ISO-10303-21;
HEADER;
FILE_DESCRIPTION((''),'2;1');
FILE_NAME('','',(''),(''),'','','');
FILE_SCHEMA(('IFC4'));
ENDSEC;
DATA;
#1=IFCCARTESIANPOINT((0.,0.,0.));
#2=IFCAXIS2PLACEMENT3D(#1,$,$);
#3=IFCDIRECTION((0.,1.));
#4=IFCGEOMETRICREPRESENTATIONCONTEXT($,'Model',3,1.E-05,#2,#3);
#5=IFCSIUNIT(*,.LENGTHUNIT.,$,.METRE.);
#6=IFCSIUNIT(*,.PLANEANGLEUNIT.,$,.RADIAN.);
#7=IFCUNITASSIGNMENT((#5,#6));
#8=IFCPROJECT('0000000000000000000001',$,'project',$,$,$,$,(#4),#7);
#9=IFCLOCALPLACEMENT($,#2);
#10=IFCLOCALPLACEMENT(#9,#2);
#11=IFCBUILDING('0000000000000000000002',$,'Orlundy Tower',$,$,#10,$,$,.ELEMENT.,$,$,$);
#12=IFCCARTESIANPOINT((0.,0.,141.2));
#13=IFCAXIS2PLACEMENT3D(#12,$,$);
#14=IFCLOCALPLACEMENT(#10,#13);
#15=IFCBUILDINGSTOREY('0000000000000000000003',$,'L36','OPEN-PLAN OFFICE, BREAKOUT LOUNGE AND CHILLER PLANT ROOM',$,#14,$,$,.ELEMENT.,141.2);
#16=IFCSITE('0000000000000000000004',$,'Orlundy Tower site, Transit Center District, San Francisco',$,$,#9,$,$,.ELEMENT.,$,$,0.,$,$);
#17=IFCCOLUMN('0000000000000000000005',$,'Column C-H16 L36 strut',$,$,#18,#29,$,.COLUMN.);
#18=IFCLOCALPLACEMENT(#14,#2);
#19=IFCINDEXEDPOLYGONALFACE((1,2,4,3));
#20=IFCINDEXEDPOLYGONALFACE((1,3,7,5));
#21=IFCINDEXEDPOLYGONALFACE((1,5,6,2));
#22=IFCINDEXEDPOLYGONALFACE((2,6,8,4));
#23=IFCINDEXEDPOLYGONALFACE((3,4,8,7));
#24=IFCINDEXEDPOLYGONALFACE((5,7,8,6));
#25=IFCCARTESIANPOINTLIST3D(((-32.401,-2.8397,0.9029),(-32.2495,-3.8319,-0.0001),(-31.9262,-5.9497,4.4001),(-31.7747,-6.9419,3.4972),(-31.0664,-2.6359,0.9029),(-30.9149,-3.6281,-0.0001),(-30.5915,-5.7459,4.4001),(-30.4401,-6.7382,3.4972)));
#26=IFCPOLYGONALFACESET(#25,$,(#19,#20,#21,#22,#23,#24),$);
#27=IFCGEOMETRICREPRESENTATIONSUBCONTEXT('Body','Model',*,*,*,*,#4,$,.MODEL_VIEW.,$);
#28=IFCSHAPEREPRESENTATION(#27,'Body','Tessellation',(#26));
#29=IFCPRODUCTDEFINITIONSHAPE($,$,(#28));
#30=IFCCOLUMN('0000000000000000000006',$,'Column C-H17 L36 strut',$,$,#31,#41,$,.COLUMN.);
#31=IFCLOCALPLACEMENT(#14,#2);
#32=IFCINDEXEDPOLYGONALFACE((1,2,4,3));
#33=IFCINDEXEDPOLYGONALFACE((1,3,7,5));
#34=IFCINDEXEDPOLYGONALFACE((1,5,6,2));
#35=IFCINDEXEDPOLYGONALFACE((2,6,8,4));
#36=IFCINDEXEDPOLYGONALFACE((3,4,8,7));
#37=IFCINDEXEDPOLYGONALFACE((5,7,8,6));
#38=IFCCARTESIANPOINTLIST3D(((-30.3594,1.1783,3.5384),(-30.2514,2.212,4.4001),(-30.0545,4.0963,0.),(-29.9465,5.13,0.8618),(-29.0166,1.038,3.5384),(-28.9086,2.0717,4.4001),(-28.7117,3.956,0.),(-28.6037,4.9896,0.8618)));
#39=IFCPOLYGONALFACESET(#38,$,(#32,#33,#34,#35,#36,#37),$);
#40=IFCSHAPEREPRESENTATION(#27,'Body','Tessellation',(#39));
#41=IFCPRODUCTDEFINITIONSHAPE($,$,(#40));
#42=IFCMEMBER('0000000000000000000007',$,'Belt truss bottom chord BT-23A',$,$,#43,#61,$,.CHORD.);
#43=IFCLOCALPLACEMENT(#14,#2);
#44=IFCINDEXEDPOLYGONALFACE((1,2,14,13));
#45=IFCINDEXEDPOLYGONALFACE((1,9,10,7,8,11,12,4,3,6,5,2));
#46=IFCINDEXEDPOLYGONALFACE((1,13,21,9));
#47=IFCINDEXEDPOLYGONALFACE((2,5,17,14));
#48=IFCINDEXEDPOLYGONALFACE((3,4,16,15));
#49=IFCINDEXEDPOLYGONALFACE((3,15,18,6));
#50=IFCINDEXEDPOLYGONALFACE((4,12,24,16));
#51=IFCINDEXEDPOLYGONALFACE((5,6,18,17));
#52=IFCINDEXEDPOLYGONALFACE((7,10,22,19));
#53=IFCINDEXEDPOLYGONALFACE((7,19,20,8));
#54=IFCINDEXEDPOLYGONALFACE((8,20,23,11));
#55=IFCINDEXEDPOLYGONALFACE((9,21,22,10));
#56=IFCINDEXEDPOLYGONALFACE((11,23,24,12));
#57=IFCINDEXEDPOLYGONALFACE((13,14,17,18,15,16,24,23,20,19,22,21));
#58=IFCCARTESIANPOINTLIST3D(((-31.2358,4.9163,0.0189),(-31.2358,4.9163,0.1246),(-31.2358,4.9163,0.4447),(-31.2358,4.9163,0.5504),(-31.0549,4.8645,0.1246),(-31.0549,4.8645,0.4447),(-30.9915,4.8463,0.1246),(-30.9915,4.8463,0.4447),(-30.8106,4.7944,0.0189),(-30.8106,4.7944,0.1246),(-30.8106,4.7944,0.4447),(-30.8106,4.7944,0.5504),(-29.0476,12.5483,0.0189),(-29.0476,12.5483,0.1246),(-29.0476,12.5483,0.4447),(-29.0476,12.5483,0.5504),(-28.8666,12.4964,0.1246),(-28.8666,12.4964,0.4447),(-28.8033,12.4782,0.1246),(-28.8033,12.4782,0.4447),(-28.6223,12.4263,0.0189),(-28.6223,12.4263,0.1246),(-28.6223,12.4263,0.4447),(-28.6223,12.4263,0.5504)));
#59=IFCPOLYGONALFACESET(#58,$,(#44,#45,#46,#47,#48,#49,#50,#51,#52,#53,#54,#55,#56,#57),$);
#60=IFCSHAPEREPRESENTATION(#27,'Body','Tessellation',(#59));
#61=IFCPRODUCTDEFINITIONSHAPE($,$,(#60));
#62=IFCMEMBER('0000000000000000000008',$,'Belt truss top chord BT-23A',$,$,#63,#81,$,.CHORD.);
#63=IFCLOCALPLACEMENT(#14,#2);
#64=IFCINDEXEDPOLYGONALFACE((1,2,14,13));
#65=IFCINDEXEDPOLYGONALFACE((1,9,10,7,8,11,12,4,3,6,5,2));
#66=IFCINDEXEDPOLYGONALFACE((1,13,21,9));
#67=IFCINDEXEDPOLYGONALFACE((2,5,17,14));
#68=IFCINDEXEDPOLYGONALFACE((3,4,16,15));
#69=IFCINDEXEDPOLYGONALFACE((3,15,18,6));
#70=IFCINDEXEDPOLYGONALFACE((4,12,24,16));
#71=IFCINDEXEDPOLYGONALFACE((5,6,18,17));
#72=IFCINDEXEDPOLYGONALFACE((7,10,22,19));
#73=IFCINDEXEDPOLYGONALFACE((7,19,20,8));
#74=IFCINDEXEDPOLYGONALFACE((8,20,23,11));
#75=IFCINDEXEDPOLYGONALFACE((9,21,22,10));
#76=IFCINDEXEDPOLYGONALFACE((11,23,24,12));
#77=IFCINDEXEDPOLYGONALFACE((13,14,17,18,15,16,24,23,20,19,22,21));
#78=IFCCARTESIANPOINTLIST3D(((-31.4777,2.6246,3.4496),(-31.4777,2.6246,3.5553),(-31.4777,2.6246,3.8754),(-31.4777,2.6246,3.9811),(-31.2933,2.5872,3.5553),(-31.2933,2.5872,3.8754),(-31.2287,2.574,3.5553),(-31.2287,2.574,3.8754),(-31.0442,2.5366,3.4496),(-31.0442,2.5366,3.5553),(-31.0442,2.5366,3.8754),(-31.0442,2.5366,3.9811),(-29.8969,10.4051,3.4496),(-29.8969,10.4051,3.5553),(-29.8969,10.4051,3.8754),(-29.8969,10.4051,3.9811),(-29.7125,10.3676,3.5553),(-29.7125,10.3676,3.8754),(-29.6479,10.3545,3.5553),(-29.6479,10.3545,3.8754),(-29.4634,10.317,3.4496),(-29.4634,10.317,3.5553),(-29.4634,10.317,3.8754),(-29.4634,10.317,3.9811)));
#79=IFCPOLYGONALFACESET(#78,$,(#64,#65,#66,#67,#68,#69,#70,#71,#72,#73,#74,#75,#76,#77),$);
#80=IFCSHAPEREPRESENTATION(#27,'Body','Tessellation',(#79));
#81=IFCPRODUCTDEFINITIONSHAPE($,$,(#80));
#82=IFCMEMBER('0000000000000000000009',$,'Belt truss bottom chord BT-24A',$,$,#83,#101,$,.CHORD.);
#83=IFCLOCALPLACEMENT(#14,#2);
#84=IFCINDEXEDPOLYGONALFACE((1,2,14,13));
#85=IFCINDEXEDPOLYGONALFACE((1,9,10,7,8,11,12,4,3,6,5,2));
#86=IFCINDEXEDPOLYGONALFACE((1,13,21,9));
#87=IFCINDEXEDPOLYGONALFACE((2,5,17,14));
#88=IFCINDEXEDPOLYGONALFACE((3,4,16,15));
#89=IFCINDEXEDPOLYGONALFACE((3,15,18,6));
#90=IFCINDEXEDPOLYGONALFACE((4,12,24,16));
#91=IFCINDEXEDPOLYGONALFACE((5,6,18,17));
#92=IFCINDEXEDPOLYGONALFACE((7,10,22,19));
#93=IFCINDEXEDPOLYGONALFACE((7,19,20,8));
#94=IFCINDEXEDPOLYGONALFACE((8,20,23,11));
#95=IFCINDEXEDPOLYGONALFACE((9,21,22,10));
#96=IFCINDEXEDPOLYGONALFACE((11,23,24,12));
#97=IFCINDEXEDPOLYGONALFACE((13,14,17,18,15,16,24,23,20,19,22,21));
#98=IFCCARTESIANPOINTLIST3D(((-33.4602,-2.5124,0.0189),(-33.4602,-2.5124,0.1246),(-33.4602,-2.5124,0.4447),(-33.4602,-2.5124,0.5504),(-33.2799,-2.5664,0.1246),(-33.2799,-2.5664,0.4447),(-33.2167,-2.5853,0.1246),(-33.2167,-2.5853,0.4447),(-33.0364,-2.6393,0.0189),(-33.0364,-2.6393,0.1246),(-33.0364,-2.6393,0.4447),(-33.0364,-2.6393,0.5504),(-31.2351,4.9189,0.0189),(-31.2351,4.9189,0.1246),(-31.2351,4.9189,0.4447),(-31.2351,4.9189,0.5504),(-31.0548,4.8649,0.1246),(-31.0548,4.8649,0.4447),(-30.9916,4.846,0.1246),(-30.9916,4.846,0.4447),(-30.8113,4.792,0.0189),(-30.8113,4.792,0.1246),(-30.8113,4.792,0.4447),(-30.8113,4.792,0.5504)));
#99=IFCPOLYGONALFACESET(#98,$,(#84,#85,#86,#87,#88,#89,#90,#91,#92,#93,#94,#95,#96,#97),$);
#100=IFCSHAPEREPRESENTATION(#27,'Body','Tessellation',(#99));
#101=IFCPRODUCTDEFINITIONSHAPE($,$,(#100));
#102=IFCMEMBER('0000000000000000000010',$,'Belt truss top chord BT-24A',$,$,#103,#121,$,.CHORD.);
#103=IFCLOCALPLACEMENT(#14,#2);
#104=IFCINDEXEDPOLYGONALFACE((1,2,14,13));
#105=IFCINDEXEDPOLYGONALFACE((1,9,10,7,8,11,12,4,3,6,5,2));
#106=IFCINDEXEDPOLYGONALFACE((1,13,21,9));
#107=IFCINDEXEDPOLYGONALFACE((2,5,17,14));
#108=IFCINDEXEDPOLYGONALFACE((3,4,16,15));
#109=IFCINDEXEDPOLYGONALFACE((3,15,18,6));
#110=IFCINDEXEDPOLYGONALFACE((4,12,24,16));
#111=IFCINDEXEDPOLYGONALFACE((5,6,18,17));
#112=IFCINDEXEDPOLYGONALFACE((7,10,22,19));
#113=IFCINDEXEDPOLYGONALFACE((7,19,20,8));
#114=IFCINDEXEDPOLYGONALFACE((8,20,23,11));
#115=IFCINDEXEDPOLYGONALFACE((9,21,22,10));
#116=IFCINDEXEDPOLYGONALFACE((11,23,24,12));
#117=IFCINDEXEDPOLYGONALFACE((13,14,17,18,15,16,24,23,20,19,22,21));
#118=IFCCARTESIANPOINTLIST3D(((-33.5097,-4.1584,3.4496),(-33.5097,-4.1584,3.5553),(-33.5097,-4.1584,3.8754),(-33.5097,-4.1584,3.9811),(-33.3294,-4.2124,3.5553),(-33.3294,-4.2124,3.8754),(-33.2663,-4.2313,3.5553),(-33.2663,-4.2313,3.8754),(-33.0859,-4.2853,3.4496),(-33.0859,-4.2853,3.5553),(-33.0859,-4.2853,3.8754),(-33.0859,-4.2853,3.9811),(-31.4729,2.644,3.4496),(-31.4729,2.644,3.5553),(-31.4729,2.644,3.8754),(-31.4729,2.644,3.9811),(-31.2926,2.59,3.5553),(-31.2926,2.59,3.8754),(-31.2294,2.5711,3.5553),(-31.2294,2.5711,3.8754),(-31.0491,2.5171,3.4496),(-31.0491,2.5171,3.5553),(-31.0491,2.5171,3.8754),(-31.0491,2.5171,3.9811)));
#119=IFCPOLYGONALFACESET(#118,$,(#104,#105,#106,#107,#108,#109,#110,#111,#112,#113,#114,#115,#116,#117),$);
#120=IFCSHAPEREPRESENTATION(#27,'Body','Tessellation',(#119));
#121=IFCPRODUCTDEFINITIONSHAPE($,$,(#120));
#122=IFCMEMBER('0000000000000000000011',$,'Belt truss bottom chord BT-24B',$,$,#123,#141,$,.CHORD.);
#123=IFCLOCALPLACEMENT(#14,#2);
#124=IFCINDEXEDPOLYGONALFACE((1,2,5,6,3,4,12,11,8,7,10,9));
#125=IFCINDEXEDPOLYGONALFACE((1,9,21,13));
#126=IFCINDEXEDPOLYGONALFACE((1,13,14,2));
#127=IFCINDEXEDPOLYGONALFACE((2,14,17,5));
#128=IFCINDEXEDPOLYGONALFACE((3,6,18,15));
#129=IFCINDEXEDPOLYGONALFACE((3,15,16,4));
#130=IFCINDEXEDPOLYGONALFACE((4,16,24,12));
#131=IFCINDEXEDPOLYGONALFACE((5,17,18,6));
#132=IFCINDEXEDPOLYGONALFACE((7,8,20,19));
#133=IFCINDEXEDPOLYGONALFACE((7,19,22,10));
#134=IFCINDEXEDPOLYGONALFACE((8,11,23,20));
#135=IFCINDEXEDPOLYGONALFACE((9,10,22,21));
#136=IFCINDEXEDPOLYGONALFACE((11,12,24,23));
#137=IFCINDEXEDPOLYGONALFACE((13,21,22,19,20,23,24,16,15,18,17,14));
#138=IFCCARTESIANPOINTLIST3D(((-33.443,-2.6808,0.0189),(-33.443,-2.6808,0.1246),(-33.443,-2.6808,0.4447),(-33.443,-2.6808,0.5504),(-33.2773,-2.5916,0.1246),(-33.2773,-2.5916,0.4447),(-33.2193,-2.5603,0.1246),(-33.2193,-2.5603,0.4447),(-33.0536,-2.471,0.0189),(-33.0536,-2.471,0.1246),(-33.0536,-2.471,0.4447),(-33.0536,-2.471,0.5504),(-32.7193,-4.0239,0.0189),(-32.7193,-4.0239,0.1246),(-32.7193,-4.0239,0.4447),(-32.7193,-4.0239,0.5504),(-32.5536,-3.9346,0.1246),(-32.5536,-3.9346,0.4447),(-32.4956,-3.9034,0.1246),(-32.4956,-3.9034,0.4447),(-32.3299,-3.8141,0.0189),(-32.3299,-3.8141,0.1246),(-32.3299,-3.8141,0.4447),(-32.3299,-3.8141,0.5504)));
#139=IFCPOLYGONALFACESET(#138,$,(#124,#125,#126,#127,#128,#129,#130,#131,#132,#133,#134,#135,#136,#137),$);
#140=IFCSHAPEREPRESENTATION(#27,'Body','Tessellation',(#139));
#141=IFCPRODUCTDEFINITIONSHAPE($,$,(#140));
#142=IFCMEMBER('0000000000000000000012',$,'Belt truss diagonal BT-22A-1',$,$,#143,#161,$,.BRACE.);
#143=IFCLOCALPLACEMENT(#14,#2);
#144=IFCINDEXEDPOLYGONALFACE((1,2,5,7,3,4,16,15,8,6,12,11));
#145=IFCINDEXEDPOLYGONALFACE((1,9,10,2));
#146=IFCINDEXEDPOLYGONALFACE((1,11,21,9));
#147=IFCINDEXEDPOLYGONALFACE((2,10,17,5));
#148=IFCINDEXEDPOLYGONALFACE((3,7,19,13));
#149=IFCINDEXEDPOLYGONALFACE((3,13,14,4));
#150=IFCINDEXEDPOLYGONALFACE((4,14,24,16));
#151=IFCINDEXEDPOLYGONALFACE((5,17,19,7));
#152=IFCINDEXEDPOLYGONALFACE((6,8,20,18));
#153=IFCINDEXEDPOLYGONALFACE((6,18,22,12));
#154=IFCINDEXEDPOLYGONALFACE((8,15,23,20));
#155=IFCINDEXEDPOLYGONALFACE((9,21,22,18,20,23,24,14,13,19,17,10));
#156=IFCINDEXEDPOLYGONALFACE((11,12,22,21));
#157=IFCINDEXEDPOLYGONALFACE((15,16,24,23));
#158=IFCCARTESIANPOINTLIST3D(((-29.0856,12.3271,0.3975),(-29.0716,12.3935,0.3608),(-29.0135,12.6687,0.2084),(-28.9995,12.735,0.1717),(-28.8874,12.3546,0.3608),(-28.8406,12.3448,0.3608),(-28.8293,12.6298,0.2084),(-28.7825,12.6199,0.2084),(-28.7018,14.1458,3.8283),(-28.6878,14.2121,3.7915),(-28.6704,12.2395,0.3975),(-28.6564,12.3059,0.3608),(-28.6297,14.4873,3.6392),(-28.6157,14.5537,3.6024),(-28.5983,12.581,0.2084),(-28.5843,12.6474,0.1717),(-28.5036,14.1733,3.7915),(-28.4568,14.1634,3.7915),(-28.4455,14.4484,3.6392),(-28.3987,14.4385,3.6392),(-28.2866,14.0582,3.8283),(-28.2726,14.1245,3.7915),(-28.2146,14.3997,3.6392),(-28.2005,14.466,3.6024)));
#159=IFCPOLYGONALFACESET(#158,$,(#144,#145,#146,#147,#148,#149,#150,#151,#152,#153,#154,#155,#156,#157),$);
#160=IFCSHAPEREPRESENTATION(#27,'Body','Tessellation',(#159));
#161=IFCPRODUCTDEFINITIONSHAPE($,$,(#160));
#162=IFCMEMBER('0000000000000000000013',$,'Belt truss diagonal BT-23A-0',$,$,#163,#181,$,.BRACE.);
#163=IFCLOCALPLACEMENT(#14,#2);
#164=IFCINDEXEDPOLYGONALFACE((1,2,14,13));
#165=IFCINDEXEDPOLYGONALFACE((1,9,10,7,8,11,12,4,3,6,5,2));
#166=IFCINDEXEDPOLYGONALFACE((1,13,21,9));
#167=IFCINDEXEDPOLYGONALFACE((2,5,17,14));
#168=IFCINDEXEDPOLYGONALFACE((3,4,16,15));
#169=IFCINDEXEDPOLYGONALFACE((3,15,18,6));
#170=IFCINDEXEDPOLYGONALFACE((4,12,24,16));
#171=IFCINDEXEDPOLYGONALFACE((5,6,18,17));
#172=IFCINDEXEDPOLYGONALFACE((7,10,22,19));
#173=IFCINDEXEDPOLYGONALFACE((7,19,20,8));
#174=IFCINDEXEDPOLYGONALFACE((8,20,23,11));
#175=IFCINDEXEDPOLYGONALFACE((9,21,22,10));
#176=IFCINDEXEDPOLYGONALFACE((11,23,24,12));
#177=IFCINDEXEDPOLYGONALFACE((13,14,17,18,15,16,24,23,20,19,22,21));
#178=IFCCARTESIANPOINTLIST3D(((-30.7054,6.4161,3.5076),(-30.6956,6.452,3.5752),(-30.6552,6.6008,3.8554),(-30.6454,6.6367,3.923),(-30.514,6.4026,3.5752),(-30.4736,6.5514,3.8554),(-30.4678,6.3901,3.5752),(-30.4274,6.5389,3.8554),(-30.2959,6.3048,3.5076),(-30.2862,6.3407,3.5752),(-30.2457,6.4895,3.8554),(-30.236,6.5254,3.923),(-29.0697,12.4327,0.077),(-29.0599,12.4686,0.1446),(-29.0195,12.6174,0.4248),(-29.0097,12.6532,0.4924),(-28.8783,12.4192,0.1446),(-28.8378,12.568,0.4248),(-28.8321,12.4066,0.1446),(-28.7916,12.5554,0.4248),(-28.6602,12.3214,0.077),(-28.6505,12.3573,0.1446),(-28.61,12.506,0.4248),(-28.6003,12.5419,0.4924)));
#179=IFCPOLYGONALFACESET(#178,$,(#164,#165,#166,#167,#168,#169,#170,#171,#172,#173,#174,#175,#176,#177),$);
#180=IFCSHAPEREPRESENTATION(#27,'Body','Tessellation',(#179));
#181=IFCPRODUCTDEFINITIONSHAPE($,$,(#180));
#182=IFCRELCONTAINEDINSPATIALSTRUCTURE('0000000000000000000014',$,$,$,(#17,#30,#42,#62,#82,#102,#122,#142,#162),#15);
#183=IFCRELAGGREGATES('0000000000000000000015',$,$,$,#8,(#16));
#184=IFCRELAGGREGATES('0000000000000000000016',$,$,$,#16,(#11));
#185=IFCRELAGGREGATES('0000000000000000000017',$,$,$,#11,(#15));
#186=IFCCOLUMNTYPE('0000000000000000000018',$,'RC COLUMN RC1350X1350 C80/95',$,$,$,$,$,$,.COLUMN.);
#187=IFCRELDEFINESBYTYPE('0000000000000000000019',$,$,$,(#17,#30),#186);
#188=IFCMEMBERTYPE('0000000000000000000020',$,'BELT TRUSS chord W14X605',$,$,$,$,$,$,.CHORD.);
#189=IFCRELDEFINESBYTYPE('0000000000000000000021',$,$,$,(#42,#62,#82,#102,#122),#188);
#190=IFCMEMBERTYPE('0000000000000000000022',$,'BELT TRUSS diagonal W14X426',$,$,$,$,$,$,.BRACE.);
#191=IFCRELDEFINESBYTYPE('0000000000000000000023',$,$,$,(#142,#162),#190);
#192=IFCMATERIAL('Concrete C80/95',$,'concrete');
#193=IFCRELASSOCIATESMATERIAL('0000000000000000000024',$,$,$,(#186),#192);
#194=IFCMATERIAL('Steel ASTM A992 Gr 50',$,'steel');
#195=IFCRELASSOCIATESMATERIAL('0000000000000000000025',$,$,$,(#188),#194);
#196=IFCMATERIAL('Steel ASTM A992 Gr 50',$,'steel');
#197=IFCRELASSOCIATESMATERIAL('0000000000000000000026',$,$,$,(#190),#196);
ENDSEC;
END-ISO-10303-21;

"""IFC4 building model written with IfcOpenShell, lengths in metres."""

from ifc_helpers import new_model, si_unit, direction, frame, origin, origin_2d, place, context, subcontext, project, spatial, rectangle, i_section, extrude, material, material_profile, profile_set, type_object, element, save


model = new_model("IFC4")

# Units and contexts
model_context = context("Model", 3, precision=1e-05, world=origin(), true_north=direction((0.0, 1.0)))
body_context = subcontext(model_context, "Body", "Model", "MODEL_VIEW")
ifc_project = project(units=[si_unit("LENGTHUNIT", "METRE"), si_unit("PLANEANGLEUNIT", "RADIAN")], contexts=[model_context])

# Site, building, storey
site_placement = place(None, origin())
site = spatial("IfcSite", under=ifc_project, at=site_placement, Name="Orlundy Tower site, Transit Center District, San Francisco", CompositionType="ELEMENT", RefElevation=0.0)
building_placement = place(site_placement, origin())
building = spatial("IfcBuilding", under=site, at=building_placement, Name="Orlundy Tower", CompositionType="ELEMENT")
storey_placement = place(building_placement, frame((0.0, 0.0, 141.2)))
storey = spatial("IfcBuildingStorey", under=building, at=storey_placement, Name="L36", Description="OPEN-PLAN OFFICE, BREAKOUT LOUNGE AND CHILLER PLANT ROOM", CompositionType="ELEMENT", Elevation=141.2)

# Columns
ifc_material_1 = material(Name="Concrete C80/95", Category="concrete")
ifc_material_profile_1 = material_profile(ifc_material_1, rectangle(XDim=1.3501, YDim=1.3501, at=origin_2d()), Name="RC1350X1350")
ifc_profile_set_1 = profile_set([ifc_material_profile_1], Name="Concrete C80/95")
column_type = type_object("IfcColumnType", Name="RC COLUMN RC1350X1350 C80/95", PredefinedType="COLUMN", material=ifc_profile_set_1)
column_1_placement = place(storey_placement, frame((-31.658, -3.2339, 0.4514), z_axis=(0.100943, -0.661135, 0.743446), x_axis=(0.988544, 0.150932, 0.0)))
element("IfcColumn", 1, at=column_1_placement, inside=storey, type_object=column_type, Name="Column C-H16 L36 strut", PredefinedType="COLUMN", context=body_context, shape_type="SweptSolid", body=[
    extrude(rectangle(XDim=1.3501, YDim=1.3501, at=origin_2d()), origin(), (0.0, 0.0, 1.0), 4.7041),
])
column_2_placement = place(storey_placement, frame((-29.3291, 4.543, 0.4309), z_axis=(-0.066341, -0.634832, 0.769797), x_axis=(0.994584, -0.103935, 0.0)))
element("IfcColumn", 2, at=column_2_placement, inside=storey, type_object=column_type, Name="Column C-H17 L36 strut", PredefinedType="COLUMN", context=body_context, shape_type="SweptSolid", body=[
    extrude(rectangle(XDim=1.3501, YDim=1.3501, at=origin_2d()), origin(), (0.0, 0.0, 1.0), 4.5964),
])

# Members
ifc_material_2 = material(Name="Steel ASTM A992 Gr 50", Category="steel")
ifc_material_profile_2 = material_profile(ifc_material_2, i_section(OverallWidth=0.4424, OverallDepth=0.5315, WebThickness=0.0659, FlangeThickness=0.1057, at=origin_2d()), Name="W14X605")
ifc_profile_set_2 = profile_set([ifc_material_profile_2], Name="Steel ASTM A992 Gr 50")
member_type_1 = type_object("IfcMemberType", Name="BELT TRUSS chord W14X605", PredefinedType="CHORD", material=ifc_profile_set_2)
for number, where, z_axis, x_axis, name in (
    (3, (-28.835, 12.4873, 0.2847), (-0.275619, -0.961267, 0.0), (0.961267, -0.275619, 0.0), "Belt truss bottom chord BT-23A"),
    (4, (-29.6802, 10.3611, 3.7153), (-0.199107, -0.979978, 0.0), (0.979978, -0.199107, 0.0), "Belt truss top chord BT-23A"),
):
    element("IfcMember", number, at=place(storey_placement, frame(where, z_axis=z_axis, x_axis=x_axis)), inside=storey, type_object=member_type_1, Name=name, PredefinedType="CHORD", context=body_context, shape_type="SweptSolid", body=[
        extrude(i_section(OverallWidth=0.4424, OverallDepth=0.5315, WebThickness=0.0659, FlangeThickness=0.1057, at=origin_2d()), origin(), (0.0, 0.0, 1.0), 7.9395),
    ])
member_1_placement = place(storey_placement, frame((-31.0232, 4.8555, 0.2847), z_axis=(-0.286837, -0.957979, 0.0), x_axis=(0.957979, -0.286837, 0.0)))
element("IfcMember", 5, at=member_1_placement, inside=storey, type_object=member_type_1, Name="Belt truss bottom chord BT-24A", PredefinedType="CHORD", context=body_context, shape_type="SweptSolid", body=[
    extrude(i_section(OverallWidth=0.4424, OverallDepth=0.5315, WebThickness=0.0659, FlangeThickness=0.1057, at=origin_2d()), origin(), (0.0, 0.0, 1.0), 7.7573),
])
member_2_placement = place(storey_placement, frame((-31.261, 2.5806, 3.7153), z_axis=(-0.286846, -0.957977, 0.0), x_axis=(0.957977, -0.286846, 0.0)))
element("IfcMember", 6, at=member_2_placement, inside=storey, type_object=member_type_1, Name="Belt truss top chord BT-24A", PredefinedType="CHORD", context=body_context, shape_type="SweptSolid", body=[
    extrude(i_section(OverallWidth=0.4424, OverallDepth=0.5315, WebThickness=0.0659, FlangeThickness=0.1057, at=origin_2d()), origin(), (0.0, 0.0, 1.0), 7.1008),
])
member_3_placement = place(storey_placement, frame((-33.2483, -2.5759, 0.2847), z_axis=(0.474338, -0.880343, 0.0), x_axis=(0.880343, 0.474338, 0.0)))
element("IfcMember", 7, at=member_3_placement, inside=storey, type_object=member_type_1, Name="Belt truss bottom chord BT-24B", PredefinedType="CHORD", context=body_context, shape_type="SweptSolid", body=[
    extrude(i_section(OverallWidth=0.4424, OverallDepth=0.5315, WebThickness=0.0659, FlangeThickness=0.1057, at=origin_2d()), origin(), (0.0, 0.0, 1.0), 1.5256),
])
ifc_material_3 = material(Name="Steel ASTM A992 Gr 50", Category="steel")
ifc_material_profile_3 = material_profile(ifc_material_3, i_section(OverallWidth=0.4243, OverallDepth=0.4741, WebThickness=0.0479, FlangeThickness=0.0771, at=origin_2d()), Name="W14X426")
ifc_profile_set_3 = profile_set([ifc_material_profile_3], Name="Steel ASTM A992 Gr 50")
member_type_2 = type_object("IfcMemberType", Name="BELT TRUSS diagonal W14X426", PredefinedType="BRACE", material=ifc_profile_set_3)
member_4_placement = place(storey_placement, frame((-28.4512, 14.3059, 3.7153), z_axis=(-0.098362, -0.466093, -0.879251), x_axis=(0.978449, -0.206487, 0.0)))
element("IfcMember", 8, at=member_4_placement, inside=storey, type_object=member_type_2, Name="Belt truss diagonal BT-22A-1", PredefinedType="BRACE", context=body_context, shape_type="SweptSolid", body=[
    extrude(i_section(OverallWidth=0.4243, OverallDepth=0.4741, WebThickness=0.0479, FlangeThickness=0.0771, at=origin_2d()), origin(), (0.0, 0.0, 1.0), 3.9019),
])
member_5_placement = place(storey_placement, frame((-28.835, 12.4873, 0.2847), z_axis=(-0.229852, -0.845444, 0.482072), x_axis=(0.964973, -0.262349, 0.0)))
element("IfcMember", 9, at=member_5_placement, inside=storey, type_object=member_type_2, Name="Belt truss diagonal BT-23A-0", PredefinedType="BRACE", context=body_context, shape_type="SweptSolid", body=[
    extrude(i_section(OverallWidth=0.4243, OverallDepth=0.4741, WebThickness=0.0479, FlangeThickness=0.0771, at=origin_2d()), origin(), (0.0, 0.0, 1.0), 7.1165),
])

save(model, "model.ifc")
